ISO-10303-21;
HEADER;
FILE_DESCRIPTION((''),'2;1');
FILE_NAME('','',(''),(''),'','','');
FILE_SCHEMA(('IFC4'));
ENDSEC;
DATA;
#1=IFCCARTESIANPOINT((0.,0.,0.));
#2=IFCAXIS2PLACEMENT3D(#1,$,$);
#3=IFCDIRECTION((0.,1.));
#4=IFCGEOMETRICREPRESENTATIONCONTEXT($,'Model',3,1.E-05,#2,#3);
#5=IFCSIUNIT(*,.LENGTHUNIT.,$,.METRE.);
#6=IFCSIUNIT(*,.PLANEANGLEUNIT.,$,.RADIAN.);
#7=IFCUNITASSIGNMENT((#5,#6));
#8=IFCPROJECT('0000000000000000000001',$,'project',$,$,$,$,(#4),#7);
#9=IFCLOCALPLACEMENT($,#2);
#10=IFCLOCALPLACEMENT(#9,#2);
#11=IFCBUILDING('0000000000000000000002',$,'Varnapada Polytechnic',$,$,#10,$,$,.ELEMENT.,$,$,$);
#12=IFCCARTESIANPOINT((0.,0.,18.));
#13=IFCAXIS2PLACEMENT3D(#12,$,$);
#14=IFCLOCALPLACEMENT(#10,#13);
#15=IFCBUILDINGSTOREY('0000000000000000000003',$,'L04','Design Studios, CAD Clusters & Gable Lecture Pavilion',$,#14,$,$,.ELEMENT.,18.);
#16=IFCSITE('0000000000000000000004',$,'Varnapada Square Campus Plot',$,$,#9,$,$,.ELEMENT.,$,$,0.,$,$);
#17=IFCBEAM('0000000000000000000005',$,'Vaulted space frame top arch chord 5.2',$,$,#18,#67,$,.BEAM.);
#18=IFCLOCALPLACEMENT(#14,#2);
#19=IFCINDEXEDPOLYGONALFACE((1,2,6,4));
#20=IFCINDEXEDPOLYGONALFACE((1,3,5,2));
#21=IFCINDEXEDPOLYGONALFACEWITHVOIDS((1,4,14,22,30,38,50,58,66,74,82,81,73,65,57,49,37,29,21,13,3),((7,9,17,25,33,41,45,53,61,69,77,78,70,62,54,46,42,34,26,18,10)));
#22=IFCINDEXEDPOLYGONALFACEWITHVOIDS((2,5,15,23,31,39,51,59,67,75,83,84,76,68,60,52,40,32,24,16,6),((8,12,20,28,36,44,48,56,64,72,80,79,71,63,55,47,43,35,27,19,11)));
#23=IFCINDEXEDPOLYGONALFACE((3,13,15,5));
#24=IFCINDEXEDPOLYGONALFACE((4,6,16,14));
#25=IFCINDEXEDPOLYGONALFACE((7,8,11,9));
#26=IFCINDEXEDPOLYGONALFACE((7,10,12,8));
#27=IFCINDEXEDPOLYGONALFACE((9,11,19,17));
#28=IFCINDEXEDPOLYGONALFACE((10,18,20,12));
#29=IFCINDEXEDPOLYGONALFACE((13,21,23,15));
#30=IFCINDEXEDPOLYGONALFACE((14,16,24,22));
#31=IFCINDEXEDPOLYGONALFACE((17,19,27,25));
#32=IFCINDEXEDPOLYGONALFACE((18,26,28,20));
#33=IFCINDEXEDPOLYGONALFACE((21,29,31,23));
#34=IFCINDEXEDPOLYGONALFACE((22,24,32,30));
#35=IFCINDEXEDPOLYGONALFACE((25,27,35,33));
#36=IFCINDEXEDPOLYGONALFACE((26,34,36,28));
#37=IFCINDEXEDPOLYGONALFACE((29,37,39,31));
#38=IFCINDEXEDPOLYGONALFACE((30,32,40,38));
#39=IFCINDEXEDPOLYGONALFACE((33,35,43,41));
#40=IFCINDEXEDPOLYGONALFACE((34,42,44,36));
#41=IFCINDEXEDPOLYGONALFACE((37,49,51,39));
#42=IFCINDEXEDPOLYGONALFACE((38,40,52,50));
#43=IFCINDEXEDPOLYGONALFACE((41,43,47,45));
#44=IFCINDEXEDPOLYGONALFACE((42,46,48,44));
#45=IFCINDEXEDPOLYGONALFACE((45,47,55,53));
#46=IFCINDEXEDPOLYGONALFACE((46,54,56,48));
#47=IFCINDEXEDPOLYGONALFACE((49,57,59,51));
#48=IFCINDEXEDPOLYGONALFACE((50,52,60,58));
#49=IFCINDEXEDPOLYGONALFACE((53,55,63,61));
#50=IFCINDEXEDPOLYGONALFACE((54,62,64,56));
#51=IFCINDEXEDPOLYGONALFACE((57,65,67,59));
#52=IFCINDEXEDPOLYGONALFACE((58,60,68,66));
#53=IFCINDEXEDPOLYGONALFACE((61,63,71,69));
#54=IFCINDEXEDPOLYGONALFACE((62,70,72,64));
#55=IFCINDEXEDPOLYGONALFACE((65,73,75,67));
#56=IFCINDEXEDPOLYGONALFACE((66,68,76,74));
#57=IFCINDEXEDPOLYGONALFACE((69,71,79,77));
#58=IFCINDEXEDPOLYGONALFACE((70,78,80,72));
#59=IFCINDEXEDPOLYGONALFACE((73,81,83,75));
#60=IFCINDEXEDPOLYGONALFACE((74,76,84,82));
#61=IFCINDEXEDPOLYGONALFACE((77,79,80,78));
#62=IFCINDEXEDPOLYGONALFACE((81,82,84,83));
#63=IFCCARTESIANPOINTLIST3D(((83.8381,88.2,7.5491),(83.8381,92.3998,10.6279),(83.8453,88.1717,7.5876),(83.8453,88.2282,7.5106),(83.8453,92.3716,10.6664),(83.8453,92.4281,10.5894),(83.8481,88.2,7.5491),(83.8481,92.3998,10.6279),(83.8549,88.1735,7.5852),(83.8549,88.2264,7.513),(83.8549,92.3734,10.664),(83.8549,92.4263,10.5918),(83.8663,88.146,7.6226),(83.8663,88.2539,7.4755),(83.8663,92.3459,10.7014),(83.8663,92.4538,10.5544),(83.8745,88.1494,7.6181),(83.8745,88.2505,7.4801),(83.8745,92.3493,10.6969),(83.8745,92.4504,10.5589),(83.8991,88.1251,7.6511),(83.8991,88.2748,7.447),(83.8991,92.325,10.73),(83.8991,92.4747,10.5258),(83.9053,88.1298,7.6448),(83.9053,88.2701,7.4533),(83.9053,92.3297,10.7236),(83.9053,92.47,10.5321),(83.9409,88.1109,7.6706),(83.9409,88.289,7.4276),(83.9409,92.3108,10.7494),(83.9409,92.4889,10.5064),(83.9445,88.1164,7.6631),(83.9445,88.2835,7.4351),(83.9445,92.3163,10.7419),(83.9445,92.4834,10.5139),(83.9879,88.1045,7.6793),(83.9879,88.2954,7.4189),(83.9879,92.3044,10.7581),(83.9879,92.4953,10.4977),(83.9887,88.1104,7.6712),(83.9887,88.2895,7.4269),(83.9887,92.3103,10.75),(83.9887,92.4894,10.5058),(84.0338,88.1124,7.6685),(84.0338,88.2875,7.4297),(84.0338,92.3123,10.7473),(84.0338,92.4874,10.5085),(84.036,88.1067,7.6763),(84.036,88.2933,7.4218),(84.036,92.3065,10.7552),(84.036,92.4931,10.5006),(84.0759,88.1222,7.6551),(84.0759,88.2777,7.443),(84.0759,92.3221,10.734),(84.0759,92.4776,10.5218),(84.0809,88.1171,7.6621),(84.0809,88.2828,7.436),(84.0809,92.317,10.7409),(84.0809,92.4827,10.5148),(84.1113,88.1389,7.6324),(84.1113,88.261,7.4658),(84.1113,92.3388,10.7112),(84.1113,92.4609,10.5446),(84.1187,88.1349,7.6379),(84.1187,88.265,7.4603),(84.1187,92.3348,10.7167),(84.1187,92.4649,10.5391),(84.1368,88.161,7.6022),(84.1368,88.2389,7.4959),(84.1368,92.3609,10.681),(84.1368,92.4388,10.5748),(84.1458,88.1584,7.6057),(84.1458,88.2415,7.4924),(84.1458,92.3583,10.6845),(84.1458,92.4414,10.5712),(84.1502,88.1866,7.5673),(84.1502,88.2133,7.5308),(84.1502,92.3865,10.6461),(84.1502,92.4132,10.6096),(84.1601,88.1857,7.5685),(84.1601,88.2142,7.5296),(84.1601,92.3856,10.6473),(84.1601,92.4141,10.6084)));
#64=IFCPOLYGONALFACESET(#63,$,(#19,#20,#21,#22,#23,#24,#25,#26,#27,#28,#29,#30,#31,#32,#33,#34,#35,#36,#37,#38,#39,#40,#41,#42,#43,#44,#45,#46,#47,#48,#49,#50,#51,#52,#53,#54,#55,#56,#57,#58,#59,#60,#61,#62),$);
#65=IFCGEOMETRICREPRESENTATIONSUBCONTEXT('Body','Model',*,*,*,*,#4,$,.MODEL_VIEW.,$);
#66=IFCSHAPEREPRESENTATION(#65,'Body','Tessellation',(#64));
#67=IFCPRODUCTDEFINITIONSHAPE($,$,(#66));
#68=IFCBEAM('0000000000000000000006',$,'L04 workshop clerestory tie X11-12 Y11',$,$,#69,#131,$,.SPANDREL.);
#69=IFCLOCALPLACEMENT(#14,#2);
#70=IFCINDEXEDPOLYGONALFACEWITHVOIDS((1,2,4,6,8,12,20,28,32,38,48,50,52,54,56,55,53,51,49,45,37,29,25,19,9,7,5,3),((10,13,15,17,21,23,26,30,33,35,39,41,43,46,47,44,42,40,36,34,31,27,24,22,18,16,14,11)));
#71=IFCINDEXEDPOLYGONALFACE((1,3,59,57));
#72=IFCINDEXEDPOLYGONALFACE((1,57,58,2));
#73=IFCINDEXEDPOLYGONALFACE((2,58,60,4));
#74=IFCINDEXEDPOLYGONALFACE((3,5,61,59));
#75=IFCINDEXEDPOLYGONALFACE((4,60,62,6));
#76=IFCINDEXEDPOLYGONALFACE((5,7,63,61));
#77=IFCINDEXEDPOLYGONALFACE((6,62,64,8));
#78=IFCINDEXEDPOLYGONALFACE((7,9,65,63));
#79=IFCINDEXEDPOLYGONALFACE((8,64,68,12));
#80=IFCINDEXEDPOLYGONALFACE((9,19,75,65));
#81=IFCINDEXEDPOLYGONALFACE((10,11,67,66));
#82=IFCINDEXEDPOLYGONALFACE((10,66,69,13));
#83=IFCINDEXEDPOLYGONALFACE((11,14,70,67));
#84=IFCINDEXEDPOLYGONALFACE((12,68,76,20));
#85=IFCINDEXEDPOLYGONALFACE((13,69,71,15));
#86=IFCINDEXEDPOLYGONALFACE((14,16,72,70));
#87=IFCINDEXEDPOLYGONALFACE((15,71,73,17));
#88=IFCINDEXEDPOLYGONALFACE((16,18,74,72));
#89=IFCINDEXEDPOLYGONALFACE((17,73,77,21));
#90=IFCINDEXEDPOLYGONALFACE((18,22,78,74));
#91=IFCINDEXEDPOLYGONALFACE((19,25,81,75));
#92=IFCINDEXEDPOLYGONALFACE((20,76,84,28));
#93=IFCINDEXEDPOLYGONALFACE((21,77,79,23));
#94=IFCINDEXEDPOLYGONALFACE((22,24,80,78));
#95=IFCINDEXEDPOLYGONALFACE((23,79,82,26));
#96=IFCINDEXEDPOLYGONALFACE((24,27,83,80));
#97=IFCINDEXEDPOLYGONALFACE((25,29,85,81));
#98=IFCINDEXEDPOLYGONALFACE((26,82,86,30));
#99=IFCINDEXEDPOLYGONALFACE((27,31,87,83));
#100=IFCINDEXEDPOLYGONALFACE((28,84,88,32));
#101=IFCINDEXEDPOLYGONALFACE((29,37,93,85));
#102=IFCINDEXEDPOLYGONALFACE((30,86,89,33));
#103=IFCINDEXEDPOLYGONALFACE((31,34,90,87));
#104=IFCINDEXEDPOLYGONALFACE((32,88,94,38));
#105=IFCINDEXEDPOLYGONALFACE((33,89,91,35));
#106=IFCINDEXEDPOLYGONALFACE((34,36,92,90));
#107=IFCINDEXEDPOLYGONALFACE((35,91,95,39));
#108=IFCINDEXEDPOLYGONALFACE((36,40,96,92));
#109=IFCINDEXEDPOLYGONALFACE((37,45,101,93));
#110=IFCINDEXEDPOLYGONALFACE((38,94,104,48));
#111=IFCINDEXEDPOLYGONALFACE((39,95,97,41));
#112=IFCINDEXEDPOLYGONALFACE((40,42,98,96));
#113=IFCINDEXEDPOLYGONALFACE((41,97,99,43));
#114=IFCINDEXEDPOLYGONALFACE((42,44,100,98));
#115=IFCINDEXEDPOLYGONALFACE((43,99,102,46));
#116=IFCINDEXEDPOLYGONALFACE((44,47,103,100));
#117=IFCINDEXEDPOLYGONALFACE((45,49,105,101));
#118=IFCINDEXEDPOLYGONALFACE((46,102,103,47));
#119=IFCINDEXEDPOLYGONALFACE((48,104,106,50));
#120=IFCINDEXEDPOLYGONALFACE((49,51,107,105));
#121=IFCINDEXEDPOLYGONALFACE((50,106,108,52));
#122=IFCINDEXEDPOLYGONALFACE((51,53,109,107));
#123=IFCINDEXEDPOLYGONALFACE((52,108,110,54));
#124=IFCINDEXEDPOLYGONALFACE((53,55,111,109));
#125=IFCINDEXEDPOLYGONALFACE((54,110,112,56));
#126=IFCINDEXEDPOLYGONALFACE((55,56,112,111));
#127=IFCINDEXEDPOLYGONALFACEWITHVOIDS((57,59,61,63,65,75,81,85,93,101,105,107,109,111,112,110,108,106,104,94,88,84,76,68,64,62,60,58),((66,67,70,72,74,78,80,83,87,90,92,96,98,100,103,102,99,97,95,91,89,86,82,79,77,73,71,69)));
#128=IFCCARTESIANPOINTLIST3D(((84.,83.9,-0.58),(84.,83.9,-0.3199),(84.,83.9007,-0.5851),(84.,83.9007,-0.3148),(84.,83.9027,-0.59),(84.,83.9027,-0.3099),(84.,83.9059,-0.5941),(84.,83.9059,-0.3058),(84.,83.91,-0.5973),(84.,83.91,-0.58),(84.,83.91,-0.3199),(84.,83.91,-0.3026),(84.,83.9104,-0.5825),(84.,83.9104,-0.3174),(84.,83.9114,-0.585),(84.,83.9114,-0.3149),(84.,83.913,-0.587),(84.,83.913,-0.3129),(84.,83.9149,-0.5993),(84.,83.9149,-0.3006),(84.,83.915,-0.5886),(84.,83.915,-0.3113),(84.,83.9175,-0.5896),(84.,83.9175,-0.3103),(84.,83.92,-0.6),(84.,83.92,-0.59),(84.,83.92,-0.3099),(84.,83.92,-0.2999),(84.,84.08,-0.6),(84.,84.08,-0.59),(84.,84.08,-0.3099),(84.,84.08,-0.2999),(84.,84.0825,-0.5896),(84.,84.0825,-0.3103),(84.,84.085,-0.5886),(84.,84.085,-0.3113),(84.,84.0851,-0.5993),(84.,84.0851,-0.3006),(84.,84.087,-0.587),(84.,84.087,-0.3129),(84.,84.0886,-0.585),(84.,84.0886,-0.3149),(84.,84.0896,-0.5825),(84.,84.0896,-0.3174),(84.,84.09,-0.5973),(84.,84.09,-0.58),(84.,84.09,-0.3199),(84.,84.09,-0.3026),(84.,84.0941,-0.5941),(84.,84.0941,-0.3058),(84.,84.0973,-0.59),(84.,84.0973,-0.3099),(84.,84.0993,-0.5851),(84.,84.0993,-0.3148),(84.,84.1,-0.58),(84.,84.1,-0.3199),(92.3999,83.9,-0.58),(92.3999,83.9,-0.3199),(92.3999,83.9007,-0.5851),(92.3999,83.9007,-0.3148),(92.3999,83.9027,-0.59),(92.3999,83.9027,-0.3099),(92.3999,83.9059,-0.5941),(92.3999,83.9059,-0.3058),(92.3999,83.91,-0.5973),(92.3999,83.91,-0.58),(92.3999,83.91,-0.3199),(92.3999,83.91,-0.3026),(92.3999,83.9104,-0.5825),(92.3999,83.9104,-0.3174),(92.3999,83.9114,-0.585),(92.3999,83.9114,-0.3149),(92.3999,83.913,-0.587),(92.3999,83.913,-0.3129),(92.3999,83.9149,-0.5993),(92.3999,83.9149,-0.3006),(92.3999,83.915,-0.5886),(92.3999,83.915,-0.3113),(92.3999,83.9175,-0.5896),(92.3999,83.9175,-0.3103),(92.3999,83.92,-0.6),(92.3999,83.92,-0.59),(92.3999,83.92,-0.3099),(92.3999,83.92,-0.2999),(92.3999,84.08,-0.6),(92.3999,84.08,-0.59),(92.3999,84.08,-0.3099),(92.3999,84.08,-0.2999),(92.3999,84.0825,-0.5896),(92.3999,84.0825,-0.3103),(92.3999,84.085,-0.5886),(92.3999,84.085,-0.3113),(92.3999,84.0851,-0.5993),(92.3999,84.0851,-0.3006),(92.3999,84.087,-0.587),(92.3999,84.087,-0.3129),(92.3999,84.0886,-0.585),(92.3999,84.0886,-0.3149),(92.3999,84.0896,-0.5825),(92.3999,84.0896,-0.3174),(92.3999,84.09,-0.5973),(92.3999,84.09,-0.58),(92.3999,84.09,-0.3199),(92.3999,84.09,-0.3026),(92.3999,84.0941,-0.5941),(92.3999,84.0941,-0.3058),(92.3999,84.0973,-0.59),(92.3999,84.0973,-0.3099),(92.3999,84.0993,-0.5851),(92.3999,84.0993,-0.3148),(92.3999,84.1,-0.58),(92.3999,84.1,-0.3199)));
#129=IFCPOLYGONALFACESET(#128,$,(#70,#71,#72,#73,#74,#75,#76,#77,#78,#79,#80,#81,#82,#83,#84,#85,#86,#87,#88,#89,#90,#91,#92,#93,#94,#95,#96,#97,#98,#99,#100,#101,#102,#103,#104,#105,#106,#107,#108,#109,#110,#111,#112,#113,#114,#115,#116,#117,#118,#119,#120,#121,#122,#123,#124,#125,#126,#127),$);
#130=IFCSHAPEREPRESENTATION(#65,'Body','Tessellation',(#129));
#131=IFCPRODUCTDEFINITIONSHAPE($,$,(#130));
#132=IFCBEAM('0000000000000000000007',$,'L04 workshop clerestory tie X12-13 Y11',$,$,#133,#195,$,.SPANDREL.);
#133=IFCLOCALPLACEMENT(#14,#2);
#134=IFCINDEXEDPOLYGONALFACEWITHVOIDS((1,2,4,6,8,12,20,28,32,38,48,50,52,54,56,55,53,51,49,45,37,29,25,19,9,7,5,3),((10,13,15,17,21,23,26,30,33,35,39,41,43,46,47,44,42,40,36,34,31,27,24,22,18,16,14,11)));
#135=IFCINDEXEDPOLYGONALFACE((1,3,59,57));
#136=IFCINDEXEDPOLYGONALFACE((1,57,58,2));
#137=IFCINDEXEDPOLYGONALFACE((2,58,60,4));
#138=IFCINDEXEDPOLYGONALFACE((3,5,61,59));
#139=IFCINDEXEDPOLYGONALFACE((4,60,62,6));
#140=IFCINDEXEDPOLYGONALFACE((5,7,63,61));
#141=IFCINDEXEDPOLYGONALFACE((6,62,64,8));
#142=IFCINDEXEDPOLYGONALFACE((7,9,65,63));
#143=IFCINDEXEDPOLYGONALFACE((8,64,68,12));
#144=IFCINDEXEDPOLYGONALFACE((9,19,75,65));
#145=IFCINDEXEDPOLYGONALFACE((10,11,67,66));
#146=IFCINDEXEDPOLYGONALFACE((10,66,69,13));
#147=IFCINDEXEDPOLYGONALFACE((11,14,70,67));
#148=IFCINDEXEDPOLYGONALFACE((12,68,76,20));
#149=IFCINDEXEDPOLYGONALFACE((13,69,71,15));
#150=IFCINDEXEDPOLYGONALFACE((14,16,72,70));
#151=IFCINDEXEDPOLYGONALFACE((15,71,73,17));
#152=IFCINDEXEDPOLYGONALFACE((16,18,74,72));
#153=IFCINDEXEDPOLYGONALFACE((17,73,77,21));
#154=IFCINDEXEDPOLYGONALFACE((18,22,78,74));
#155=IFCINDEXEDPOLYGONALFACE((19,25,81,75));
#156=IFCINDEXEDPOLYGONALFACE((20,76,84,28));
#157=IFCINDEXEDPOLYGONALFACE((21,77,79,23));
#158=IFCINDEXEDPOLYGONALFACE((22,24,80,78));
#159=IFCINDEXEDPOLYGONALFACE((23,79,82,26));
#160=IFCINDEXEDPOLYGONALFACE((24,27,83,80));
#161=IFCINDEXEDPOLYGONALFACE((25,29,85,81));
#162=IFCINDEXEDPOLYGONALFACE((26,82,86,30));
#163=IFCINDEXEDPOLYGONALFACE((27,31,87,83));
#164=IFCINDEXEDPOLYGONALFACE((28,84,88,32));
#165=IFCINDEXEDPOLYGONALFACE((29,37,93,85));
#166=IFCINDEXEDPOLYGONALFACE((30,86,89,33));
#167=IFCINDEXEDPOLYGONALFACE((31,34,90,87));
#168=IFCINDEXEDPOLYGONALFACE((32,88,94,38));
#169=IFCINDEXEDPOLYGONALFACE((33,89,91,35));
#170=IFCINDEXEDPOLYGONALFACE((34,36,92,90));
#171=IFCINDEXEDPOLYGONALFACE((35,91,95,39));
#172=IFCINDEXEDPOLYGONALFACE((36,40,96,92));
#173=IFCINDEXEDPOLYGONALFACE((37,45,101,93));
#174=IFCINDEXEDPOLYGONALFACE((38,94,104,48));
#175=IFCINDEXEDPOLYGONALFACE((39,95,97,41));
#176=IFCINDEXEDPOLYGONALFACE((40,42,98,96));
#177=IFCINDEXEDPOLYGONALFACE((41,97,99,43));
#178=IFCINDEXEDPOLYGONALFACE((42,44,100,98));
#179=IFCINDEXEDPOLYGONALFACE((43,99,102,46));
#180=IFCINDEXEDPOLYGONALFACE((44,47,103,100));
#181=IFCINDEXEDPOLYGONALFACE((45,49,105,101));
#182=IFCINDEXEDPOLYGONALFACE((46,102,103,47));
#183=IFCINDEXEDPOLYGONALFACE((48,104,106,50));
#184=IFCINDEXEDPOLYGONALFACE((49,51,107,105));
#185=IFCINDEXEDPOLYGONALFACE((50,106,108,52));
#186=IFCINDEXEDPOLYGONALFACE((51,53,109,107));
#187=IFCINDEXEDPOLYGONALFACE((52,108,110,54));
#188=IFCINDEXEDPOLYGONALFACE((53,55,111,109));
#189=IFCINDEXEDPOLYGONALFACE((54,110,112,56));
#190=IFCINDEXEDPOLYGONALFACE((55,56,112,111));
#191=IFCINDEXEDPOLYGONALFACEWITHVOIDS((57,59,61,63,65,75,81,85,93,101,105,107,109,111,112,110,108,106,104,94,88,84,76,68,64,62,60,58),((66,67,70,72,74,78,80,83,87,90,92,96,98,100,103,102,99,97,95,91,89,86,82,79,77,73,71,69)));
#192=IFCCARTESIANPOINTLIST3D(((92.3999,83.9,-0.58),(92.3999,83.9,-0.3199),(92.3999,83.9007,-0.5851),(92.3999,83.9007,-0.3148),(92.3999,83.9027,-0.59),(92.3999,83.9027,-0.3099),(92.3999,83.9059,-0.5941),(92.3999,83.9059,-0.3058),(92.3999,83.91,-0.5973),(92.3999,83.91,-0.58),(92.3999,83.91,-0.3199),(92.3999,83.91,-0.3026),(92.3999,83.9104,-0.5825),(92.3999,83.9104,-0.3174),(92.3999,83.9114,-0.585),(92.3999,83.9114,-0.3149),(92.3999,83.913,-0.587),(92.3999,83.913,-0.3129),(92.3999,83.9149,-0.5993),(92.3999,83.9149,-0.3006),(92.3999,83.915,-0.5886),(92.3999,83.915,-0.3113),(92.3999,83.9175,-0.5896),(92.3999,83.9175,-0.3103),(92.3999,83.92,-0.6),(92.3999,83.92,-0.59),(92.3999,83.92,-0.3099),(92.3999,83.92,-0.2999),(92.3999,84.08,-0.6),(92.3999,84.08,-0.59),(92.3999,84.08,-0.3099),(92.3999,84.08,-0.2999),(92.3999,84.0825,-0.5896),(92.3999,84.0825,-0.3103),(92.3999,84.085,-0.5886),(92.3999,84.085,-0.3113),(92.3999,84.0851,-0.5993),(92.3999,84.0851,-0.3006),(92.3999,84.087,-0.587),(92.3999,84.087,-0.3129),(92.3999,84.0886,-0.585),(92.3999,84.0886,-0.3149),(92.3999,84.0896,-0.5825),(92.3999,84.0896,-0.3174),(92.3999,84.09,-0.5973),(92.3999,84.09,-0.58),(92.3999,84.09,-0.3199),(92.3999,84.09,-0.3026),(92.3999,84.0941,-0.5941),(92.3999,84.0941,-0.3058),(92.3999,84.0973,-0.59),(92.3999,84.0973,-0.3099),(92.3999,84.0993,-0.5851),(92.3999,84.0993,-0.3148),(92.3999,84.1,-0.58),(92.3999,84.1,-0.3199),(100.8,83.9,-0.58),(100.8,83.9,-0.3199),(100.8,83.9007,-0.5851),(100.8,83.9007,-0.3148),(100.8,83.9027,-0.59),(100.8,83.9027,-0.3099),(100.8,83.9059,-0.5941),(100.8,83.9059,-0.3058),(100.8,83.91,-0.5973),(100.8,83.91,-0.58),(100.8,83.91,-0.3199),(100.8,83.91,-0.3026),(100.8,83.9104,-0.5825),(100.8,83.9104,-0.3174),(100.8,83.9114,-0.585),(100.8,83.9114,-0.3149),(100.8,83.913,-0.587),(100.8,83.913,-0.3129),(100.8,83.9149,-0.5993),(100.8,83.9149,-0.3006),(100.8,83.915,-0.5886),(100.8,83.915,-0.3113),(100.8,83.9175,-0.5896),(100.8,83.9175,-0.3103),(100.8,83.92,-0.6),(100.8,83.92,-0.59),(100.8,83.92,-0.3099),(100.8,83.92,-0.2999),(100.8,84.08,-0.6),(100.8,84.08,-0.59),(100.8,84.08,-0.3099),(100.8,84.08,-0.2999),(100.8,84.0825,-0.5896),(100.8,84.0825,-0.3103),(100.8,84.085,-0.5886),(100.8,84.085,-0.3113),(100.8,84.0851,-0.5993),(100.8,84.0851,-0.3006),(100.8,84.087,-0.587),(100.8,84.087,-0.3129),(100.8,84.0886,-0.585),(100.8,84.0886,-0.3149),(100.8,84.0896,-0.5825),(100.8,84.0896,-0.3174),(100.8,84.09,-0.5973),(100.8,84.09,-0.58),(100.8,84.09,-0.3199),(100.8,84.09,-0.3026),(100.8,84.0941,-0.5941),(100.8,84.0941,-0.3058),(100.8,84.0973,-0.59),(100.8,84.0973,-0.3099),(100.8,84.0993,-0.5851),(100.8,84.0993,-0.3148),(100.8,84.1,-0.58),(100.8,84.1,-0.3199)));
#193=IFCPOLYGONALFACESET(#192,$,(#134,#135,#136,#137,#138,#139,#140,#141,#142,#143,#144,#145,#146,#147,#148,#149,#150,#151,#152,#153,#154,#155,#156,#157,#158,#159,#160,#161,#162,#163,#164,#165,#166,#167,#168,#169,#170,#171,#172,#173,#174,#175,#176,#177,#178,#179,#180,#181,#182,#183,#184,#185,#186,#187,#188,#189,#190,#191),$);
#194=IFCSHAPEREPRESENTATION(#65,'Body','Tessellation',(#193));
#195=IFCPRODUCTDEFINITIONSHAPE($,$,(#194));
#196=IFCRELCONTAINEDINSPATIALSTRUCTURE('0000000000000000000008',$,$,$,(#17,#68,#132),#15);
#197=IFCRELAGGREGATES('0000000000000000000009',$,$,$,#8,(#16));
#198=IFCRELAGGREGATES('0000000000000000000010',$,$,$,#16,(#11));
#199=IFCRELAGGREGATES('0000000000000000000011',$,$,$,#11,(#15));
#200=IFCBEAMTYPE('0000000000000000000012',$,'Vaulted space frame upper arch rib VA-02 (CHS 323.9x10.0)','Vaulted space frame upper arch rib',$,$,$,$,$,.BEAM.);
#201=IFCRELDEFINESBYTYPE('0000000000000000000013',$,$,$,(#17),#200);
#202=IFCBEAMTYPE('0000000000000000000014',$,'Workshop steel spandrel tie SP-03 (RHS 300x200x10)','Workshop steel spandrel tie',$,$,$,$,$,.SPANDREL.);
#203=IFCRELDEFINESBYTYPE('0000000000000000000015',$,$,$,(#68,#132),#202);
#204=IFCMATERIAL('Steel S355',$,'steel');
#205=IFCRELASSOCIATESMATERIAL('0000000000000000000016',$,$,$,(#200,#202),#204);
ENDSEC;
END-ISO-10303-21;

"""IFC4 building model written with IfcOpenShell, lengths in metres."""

from ifc_helpers import new_model, si_unit, direction, frame, origin, origin_2d, place, context, subcontext, project, spatial, hollow_rectangle, hollow_circle, extrude, material, material_profile, profile_set, type_object, element, save


model = new_model("IFC4")

# Units and contexts
model_context = context("Model", 3, precision=1e-05, world=origin(), true_north=direction((0.0, 1.0)))
body_context = subcontext(model_context, "Body", "Model", "MODEL_VIEW")
ifc_project = project(units=[si_unit("LENGTHUNIT", "METRE"), si_unit("PLANEANGLEUNIT", "RADIAN")], contexts=[model_context])

# Site, building, storey
site_placement = place(None, origin())
site = spatial("IfcSite", under=ifc_project, at=site_placement, Name="Varnapada Square Campus Plot", CompositionType="ELEMENT", RefElevation=0.0)
building_placement = place(site_placement, origin())
building = spatial("IfcBuilding", under=site, at=building_placement, Name="Varnapada Polytechnic", CompositionType="ELEMENT")
storey_placement = place(building_placement, frame((0.0, 0.0, 18.0)))
storey = spatial("IfcBuildingStorey", under=building, at=storey_placement, Name="L04", Description="Design Studios, CAD Clusters & Gable Lecture Pavilion", CompositionType="ELEMENT", Elevation=18.0)

# Shared definitions
ifc_material = material(Name="Steel S355", Category="steel")

# Beams
ifc_material_profile_1 = material_profile(ifc_material, hollow_circle(Radius=0.1619, WallThickness=0.01, at=origin_2d()), Name="CHS 323.9x10.0")
ifc_profile_set_1 = profile_set([ifc_material_profile_1], Name="Steel S355")
beam_type_1 = type_object("IfcBeamType", Name="Vaulted space frame upper arch rib VA-02 (CHS 323.9x10.0)", Description="Vaulted space frame upper arch rib", PredefinedType="BEAM", material=ifc_profile_set_1)
beam_1_placement = place(storey_placement, frame((84.0, 88.2, 7.5491), z_axis=(0.0, 0.806506, 0.591225), x_axis=(-1.0, 0.0, 0.0)))
element("IfcBeam", 1, at=beam_1_placement, inside=storey, type_object=beam_type_1, Name="Vaulted space frame top arch chord 5.2", PredefinedType="BEAM", context=body_context, shape_type="SweptSolid", body=[
    extrude(hollow_circle(Radius=0.1619, WallThickness=0.01, at=origin_2d()), origin(), (0.0, 0.0, 1.0), 5.2075),
])
ifc_material_profile_2 = material_profile(ifc_material, hollow_rectangle(XDim=0.2, YDim=0.3, WallThickness=0.01, InnerFilletRadius=0.01, OuterFilletRadius=0.02, at=origin_2d()), Name="RHS 300x200x10")
ifc_profile_set_2 = profile_set([ifc_material_profile_2], Name="Steel S355")
beam_type_2 = type_object("IfcBeamType", Name="Workshop steel spandrel tie SP-03 (RHS 300x200x10)", Description="Workshop steel spandrel tie", PredefinedType="SPANDREL", material=ifc_profile_set_2)
beam_2_placement = place(storey_placement, frame((84.0, 84.0, -0.45), z_axis=(1.0, 0.0, 0.0), x_axis=(0.0, 1.0, 0.0)))
element("IfcBeam", 2, at=beam_2_placement, inside=storey, type_object=beam_type_2, Name="L04 workshop clerestory tie X11-12 Y11", PredefinedType="SPANDREL", context=body_context, shape_type="SweptSolid", body=[
    extrude(hollow_rectangle(XDim=0.2, YDim=0.3, WallThickness=0.01, InnerFilletRadius=0.01, OuterFilletRadius=0.02, at=origin_2d()), origin(), (0.0, 0.0, 1.0), 8.3999),
])
beam_3_placement = place(storey_placement, frame((92.3999, 84.0, -0.45), z_axis=(1.0, 0.0, 0.0), x_axis=(0.0, 1.0, 0.0)))
element("IfcBeam", 3, at=beam_3_placement, inside=storey, type_object=beam_type_2, Name="L04 workshop clerestory tie X12-13 Y11", PredefinedType="SPANDREL", context=body_context, shape_type="SweptSolid", body=[
    extrude(hollow_rectangle(XDim=0.2, YDim=0.3, WallThickness=0.01, InnerFilletRadius=0.01, OuterFilletRadius=0.02, at=origin_2d()), origin(), (0.0, 0.0, 1.0), 8.4001),
])

save(model, "model.ifc")
